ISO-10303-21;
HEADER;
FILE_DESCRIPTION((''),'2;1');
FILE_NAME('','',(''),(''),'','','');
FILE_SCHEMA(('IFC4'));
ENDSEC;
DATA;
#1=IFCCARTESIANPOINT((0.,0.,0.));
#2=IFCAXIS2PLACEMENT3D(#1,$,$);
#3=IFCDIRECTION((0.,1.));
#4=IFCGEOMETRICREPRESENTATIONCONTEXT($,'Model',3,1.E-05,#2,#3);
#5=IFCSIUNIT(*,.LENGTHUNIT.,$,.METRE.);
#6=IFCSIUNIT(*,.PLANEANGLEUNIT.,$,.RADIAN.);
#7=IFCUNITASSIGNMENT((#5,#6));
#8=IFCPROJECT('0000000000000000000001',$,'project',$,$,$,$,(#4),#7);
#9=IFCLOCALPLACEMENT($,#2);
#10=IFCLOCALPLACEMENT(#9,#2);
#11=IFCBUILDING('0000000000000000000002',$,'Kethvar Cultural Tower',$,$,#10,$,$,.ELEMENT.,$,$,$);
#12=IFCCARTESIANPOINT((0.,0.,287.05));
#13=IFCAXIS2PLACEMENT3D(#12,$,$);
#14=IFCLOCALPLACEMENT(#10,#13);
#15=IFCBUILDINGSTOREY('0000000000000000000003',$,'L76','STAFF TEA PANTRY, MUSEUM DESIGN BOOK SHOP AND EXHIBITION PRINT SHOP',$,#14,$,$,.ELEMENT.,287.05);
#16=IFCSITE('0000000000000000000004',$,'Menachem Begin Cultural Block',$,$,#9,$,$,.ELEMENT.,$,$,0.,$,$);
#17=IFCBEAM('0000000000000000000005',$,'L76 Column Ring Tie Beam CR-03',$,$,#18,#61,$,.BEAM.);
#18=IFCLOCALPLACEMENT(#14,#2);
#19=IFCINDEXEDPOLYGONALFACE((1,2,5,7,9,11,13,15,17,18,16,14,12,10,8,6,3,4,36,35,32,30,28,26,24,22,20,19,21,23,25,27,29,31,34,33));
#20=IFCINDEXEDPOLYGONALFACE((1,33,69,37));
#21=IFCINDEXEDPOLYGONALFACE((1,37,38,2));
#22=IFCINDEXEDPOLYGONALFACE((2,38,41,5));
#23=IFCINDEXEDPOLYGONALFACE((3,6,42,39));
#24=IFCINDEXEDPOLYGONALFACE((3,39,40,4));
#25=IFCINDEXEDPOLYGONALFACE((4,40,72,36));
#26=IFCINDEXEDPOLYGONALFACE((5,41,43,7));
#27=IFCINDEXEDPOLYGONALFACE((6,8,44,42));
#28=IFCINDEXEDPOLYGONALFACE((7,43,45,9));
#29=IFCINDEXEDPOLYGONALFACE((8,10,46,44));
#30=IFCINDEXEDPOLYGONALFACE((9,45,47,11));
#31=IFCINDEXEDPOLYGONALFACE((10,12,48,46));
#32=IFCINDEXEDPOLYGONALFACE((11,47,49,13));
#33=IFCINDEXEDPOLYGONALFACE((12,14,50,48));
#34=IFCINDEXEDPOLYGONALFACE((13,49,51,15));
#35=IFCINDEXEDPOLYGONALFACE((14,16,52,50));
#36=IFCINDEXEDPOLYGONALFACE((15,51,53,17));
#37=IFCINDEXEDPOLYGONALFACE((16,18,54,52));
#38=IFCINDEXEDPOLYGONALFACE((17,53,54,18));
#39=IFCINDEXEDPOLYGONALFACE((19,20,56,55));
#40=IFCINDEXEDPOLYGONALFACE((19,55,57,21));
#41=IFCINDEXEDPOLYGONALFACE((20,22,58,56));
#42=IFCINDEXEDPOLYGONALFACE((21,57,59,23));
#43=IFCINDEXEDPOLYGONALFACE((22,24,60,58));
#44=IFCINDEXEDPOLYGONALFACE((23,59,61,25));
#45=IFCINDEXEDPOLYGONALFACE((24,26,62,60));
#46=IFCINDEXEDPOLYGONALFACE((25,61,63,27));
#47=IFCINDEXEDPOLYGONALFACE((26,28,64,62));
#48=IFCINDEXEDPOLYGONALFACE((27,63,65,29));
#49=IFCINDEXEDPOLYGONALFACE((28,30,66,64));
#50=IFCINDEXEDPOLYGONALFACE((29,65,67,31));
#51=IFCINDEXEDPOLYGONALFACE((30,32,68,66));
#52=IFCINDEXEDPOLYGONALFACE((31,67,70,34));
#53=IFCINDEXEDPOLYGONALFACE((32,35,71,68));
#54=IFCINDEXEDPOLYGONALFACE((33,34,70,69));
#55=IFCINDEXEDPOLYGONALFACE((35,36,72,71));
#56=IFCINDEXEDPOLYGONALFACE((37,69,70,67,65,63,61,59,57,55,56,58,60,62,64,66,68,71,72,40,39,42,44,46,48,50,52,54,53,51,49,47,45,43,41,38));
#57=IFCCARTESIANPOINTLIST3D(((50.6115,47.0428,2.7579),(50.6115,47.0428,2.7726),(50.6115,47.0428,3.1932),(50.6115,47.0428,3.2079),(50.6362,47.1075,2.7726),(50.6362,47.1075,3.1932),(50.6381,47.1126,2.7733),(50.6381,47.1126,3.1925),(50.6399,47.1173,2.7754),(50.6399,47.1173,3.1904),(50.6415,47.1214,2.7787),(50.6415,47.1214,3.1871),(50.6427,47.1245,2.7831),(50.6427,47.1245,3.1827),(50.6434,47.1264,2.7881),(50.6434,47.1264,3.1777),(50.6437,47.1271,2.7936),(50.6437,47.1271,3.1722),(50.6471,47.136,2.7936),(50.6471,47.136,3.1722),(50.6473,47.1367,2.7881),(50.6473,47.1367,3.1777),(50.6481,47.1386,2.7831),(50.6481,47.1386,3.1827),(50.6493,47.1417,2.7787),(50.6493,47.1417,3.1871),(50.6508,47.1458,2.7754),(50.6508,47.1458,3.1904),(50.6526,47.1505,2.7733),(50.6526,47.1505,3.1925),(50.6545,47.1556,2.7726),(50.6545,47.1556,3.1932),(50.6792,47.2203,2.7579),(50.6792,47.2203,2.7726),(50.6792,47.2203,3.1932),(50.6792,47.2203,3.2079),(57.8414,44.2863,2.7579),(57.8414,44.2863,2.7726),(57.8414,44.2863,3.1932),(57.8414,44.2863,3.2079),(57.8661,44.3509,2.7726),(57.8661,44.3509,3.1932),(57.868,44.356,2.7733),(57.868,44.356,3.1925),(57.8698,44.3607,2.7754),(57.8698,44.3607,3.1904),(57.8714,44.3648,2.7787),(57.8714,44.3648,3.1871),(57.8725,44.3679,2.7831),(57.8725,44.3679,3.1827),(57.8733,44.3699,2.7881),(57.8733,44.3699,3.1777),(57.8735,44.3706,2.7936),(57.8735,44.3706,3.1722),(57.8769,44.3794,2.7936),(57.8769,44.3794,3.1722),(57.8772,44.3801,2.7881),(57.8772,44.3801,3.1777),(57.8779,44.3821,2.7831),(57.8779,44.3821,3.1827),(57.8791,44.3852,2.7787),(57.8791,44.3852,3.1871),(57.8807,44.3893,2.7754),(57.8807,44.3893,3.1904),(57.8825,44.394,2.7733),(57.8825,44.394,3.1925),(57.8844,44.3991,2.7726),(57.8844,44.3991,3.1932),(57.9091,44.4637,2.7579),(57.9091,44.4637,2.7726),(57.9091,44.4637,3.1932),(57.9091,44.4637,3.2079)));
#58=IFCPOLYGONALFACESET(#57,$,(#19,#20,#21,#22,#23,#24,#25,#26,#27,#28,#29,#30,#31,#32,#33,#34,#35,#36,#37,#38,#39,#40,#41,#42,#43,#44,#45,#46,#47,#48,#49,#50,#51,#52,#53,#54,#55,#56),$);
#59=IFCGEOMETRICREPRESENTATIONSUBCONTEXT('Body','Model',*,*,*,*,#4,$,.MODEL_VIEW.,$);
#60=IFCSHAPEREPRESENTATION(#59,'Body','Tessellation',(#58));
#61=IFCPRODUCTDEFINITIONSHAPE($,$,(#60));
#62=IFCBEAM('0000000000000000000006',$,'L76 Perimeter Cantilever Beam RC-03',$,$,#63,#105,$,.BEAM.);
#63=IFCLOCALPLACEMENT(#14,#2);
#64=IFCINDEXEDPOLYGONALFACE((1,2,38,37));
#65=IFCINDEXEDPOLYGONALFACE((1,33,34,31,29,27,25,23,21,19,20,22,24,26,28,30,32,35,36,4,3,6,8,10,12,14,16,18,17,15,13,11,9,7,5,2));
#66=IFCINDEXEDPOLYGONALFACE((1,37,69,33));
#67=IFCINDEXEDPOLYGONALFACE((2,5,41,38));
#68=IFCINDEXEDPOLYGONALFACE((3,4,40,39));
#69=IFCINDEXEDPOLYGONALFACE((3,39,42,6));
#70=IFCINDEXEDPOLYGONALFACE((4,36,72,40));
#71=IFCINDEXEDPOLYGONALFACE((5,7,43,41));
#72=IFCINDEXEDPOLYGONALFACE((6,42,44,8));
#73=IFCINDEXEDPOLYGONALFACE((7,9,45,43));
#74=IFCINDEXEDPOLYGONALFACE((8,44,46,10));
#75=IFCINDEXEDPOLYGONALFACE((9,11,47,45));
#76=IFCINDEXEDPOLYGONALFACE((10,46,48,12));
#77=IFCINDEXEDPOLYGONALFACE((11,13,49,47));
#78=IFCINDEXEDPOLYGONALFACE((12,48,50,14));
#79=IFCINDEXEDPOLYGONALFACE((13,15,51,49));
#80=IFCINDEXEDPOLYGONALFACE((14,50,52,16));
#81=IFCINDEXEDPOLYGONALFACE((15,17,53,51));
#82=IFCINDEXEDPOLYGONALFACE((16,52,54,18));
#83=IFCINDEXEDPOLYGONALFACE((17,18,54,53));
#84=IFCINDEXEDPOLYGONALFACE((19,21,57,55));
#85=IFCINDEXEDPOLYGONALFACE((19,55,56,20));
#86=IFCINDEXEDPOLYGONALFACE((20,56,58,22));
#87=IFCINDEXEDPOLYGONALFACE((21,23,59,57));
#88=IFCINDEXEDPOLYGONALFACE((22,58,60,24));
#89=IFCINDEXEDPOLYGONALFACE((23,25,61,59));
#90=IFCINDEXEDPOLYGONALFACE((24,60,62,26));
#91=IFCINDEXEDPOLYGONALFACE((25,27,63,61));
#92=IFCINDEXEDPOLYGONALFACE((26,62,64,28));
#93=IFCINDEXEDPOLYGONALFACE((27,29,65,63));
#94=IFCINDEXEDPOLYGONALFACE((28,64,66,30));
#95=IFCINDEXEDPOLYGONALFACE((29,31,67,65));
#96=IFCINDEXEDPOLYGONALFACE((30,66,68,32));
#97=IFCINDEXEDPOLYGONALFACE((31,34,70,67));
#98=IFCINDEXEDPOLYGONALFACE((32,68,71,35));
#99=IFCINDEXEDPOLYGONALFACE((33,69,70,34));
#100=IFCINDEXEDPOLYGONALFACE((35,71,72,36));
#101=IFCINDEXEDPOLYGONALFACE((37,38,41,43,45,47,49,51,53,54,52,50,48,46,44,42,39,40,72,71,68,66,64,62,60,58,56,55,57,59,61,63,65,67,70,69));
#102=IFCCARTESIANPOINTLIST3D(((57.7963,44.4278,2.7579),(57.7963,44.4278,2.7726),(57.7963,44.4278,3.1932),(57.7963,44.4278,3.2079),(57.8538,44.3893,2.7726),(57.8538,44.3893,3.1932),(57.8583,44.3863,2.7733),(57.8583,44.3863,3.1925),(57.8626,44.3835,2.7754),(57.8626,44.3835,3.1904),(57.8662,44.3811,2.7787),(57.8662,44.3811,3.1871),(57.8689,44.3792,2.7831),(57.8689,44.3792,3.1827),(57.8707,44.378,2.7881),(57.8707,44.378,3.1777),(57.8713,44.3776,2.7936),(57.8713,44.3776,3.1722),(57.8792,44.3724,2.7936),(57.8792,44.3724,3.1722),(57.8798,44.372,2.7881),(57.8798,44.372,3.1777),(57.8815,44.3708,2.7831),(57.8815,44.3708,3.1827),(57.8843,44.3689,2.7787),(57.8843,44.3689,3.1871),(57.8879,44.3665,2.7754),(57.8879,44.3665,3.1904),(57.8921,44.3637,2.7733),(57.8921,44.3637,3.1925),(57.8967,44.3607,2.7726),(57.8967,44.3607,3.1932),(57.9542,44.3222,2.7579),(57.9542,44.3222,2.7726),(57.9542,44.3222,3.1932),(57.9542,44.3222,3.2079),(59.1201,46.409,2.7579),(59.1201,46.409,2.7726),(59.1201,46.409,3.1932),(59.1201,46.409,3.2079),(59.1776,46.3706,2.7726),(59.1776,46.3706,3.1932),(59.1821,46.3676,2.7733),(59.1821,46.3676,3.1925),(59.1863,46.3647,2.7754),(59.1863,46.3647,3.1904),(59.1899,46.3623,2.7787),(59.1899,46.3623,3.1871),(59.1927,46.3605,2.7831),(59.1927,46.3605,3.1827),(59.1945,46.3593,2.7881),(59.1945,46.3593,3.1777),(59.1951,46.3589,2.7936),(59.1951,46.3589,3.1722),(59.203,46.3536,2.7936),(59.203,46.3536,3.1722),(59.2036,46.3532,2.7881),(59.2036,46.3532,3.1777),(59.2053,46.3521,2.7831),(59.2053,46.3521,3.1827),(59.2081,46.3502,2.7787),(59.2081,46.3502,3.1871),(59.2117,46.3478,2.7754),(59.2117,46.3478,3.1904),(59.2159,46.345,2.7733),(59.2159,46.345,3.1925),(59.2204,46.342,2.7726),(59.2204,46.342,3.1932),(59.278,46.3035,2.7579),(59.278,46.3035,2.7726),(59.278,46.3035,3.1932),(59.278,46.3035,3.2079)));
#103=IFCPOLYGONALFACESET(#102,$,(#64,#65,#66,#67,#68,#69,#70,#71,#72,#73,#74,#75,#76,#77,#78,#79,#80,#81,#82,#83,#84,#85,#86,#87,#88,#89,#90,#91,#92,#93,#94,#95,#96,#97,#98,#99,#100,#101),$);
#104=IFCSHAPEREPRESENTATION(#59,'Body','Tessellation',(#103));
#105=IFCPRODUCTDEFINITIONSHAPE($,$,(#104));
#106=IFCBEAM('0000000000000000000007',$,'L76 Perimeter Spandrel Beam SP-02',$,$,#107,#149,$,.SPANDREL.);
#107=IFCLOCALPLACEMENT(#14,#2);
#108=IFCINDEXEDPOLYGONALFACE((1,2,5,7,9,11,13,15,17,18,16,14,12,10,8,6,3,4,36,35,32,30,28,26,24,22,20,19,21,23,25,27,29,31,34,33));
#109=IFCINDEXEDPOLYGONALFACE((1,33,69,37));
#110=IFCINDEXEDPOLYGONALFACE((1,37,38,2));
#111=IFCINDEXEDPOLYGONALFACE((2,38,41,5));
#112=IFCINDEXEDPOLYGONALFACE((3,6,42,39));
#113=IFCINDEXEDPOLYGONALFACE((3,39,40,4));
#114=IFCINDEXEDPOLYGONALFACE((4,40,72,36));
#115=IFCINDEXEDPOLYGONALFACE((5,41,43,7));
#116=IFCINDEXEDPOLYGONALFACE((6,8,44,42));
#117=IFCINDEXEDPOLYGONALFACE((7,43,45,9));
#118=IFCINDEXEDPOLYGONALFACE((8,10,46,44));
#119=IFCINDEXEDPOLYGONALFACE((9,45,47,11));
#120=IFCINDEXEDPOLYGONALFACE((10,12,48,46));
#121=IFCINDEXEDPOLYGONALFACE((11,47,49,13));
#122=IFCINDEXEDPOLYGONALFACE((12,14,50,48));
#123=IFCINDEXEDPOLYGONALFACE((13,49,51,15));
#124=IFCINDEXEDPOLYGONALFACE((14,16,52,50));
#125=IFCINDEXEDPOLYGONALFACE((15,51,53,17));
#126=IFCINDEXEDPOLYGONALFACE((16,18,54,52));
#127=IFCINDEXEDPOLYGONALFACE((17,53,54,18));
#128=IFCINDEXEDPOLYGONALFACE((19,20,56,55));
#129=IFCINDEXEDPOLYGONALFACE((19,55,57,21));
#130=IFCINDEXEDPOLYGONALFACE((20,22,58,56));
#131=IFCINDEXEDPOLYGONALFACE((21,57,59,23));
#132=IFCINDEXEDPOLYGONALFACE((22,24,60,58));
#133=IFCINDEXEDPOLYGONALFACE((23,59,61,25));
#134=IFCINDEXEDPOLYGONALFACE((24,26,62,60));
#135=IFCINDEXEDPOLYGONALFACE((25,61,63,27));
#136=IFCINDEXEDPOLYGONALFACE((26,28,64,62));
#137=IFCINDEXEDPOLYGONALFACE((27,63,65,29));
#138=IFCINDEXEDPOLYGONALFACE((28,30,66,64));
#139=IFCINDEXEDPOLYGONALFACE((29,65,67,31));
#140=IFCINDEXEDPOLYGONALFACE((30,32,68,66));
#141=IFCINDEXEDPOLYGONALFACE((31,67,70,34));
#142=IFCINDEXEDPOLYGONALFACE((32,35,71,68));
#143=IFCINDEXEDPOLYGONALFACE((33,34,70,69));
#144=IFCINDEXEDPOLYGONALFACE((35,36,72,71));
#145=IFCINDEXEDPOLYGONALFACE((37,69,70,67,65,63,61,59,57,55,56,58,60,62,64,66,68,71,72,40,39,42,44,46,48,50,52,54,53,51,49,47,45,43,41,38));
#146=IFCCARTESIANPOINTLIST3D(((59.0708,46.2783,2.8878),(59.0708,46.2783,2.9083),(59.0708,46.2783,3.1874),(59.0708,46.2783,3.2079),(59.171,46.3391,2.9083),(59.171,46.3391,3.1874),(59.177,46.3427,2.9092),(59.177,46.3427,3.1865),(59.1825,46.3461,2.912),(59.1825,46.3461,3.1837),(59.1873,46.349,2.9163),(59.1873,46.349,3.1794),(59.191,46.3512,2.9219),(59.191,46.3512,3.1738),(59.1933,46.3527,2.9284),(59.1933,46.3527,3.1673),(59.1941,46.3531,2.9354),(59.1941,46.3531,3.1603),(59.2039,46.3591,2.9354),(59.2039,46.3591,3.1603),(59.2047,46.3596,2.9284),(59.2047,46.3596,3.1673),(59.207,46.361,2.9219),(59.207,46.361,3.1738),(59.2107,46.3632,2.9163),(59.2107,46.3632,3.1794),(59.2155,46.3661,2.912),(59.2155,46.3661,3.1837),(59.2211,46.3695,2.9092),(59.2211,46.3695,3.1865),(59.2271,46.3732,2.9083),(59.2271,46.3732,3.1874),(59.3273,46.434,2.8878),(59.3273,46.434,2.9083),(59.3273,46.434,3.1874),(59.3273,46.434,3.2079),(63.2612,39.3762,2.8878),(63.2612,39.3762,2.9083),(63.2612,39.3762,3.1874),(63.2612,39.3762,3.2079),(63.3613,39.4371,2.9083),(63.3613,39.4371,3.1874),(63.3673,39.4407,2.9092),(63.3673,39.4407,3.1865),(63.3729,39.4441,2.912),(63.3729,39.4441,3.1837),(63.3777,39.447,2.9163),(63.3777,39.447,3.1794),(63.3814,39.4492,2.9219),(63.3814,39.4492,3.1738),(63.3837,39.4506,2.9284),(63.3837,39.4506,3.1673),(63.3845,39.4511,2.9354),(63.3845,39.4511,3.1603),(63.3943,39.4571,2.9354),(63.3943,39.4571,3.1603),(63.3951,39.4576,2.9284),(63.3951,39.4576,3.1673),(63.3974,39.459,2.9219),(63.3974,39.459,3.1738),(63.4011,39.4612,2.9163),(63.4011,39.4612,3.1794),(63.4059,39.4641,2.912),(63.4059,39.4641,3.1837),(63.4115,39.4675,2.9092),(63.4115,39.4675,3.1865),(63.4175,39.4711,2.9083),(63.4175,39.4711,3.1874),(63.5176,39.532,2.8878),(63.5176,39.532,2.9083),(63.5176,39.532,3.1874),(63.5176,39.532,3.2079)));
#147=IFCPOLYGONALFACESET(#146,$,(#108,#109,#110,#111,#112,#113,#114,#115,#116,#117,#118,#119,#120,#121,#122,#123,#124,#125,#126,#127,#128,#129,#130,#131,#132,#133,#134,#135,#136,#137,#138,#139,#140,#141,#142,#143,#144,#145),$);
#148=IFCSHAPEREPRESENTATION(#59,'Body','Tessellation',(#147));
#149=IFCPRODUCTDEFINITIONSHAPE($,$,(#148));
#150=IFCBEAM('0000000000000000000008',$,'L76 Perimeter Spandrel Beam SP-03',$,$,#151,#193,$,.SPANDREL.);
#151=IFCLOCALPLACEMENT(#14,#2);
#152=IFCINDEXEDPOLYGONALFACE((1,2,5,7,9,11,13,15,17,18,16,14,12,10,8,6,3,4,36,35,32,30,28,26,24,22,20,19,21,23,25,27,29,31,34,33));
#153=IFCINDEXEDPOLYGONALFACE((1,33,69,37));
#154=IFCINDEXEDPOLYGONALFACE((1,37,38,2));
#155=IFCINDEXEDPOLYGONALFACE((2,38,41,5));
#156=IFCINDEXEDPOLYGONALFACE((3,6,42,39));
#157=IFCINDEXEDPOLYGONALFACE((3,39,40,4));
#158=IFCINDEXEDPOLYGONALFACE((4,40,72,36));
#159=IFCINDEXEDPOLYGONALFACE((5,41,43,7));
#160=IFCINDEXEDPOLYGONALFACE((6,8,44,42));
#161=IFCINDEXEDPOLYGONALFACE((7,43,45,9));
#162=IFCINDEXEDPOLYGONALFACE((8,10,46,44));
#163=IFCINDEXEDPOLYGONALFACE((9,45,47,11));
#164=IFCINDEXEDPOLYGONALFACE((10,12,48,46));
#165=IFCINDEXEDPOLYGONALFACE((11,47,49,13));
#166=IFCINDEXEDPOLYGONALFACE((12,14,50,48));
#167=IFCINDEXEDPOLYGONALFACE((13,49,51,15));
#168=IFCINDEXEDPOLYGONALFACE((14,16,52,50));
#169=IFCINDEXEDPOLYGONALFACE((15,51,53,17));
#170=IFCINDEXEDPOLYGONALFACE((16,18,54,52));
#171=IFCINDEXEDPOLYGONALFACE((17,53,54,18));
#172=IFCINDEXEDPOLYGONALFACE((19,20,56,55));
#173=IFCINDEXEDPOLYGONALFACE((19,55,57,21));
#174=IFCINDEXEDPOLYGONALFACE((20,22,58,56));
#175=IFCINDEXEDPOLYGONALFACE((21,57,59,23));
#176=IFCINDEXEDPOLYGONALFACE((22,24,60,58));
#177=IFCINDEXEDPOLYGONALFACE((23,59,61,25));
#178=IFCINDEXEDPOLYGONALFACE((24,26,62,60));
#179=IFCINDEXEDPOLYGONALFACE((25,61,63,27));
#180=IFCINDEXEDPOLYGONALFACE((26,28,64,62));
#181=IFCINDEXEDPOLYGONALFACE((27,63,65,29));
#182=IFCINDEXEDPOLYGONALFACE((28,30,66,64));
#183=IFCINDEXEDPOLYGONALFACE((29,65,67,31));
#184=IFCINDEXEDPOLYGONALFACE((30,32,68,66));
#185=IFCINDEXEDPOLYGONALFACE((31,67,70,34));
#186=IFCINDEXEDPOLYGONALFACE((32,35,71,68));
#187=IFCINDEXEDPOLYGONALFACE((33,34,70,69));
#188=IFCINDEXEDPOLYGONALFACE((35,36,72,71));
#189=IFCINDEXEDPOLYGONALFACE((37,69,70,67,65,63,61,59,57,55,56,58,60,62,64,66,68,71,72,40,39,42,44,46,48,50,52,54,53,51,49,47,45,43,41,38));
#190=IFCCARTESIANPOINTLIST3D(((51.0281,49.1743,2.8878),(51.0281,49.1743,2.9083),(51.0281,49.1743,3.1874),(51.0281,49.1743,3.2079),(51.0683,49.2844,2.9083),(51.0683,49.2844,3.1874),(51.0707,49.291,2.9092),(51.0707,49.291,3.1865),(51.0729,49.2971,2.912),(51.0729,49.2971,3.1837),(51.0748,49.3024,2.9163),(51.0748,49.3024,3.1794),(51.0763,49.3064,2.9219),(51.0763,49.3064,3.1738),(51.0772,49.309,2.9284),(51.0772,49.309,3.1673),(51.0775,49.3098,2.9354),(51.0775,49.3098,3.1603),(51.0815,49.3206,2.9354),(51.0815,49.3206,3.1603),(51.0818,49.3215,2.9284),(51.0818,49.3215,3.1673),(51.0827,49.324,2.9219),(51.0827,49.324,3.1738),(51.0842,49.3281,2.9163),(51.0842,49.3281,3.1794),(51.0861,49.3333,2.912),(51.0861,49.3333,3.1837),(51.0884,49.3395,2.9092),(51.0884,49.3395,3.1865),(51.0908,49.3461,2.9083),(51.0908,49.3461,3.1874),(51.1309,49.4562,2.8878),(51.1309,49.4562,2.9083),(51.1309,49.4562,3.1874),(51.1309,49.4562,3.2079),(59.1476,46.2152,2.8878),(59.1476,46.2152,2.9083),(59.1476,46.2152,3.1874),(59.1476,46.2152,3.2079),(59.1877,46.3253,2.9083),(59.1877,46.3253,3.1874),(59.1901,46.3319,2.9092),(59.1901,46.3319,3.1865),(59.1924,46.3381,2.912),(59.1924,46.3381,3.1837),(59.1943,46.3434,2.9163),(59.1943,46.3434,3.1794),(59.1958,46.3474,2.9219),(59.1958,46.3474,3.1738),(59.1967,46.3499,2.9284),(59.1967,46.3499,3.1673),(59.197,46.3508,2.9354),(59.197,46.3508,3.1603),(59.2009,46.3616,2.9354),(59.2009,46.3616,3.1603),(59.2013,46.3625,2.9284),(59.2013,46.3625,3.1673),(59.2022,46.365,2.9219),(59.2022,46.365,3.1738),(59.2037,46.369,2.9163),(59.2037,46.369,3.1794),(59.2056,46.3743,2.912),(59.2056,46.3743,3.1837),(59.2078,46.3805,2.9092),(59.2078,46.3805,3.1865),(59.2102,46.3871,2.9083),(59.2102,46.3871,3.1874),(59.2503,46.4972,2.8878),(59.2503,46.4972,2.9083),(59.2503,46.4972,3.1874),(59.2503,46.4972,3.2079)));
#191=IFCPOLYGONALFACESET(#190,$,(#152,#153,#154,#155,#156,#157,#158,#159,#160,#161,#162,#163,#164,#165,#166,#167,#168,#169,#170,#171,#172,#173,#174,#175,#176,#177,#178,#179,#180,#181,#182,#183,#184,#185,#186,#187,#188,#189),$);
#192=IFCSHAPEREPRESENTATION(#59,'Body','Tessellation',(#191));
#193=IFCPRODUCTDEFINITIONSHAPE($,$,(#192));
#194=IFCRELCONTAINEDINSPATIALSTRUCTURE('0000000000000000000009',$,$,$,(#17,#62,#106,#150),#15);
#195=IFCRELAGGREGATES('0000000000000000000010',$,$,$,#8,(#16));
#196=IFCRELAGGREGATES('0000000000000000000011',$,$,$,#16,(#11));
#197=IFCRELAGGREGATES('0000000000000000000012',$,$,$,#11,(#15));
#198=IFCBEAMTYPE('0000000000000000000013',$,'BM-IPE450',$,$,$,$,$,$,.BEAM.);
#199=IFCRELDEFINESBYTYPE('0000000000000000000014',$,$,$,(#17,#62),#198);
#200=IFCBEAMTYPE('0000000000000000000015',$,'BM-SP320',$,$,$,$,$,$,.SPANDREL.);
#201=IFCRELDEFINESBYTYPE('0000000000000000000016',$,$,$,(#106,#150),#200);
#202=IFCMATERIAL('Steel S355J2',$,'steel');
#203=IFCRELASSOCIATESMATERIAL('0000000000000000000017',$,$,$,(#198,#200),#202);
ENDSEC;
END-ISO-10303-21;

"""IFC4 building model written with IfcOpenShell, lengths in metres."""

from ifc_helpers import new_model, si_unit, direction, frame, origin, origin_2d, place, context, subcontext, project, spatial, i_section, extrude, source, transform, mapped, material, material_profile, profile_set, type_object, element, save


model = new_model("IFC4")

# Units and contexts
model_context = context("Model", 3, precision=1e-05, world=origin(), true_north=direction((0.0, 1.0)))
body_context = subcontext(model_context, "Body", "Model", "MODEL_VIEW")
ifc_project = project(units=[si_unit("LENGTHUNIT", "METRE"), si_unit("PLANEANGLEUNIT", "RADIAN")], contexts=[model_context])

# Site, building, storey
site_placement = place(None, origin())
site = spatial("IfcSite", under=ifc_project, at=site_placement, Name="Menachem Begin Cultural Block", CompositionType="ELEMENT", RefElevation=0.0)
building_placement = place(site_placement, origin())
building = spatial("IfcBuilding", under=site, at=building_placement, Name="Kethvar Cultural Tower", CompositionType="ELEMENT")
storey_placement = place(building_placement, frame((0.0, 0.0, 287.05)))
storey = spatial("IfcBuildingStorey", under=building, at=storey_placement, Name="L76", Description="STAFF TEA PANTRY, MUSEUM DESIGN BOOK SHOP AND EXHIBITION PRINT SHOP", CompositionType="ELEMENT", Elevation=287.05)

# Beams
ifc_material_1 = material(Name="Steel S355J2", Category="steel")
ifc_material_profile_1 = material_profile(ifc_material_1, i_section(OverallWidth=0.1899, OverallDepth=0.45, WebThickness=0.0095, FlangeThickness=0.0146, FilletRadius=0.021, at=origin_2d()), Name="Steel S355J2 — IPE450")
ifc_profile_set_1 = profile_set([ifc_material_profile_1], Name="Steel S355J2 — IPE450")
beam_type_1 = type_object("IfcBeamType", Name="BM-IPE450", PredefinedType="BEAM", material=ifc_profile_set_1)
shared_shape_1 = source(origin(), body_context, "Body", "SweptSolid", [
    extrude(i_section(OverallWidth=0.1899, OverallDepth=0.45, WebThickness=0.0095, FlangeThickness=0.0146, FilletRadius=0.021, at=origin_2d()), origin(), (0.0, 0.0, 1.0), 7.7375),
])
beam_1_placement = place(storey_placement, frame((57.8752, 44.375, 2.9829), z_axis=(-0.934388, 0.356256, 0.0), x_axis=(-0.356256, -0.934388, 0.0)))
element("IfcBeam", 1, at=beam_1_placement, inside=storey, type_object=beam_type_1, Name="L76 Column Ring Tie Beam CR-03", PredefinedType="BEAM", context=body_context, shape_type="MappedRepresentation", body=[
    mapped(shared_shape_1, transform((0.0, 0.0, 0.0), scale=1.0)),
])
shared_shape_2 = source(origin(), body_context, "Body", "SweptSolid", [
    extrude(i_section(OverallWidth=0.1899, OverallDepth=0.45, WebThickness=0.0095, FlangeThickness=0.0146, FilletRadius=0.021, at=origin_2d()), origin(), (0.0, 0.0, 1.0), 2.3828),
])
beam_2_placement = place(storey_placement, frame((57.8752, 44.375, 2.9829), z_axis=(0.555551, 0.831482, 0.0), x_axis=(-0.831482, 0.555551, 0.0)))
element("IfcBeam", 2, at=beam_2_placement, inside=storey, type_object=beam_type_1, Name="L76 Perimeter Cantilever Beam RC-03", PredefinedType="BEAM", context=body_context, shape_type="MappedRepresentation", body=[
    mapped(shared_shape_2, transform((0.0, 0.0, 0.0), scale=1.0)),
])
ifc_material_profile_2 = material_profile(ifc_material_1, i_section(OverallWidth=0.3, OverallDepth=0.3201, WebThickness=0.0115, FlangeThickness=0.0205, FilletRadius=0.0271, at=origin_2d()), Name="Steel S355J2 — HEB320")
ifc_profile_set_2 = profile_set([ifc_material_profile_2], Name="Steel S355J2 — HEB320")
beam_type_2 = type_object("IfcBeamType", Name="BM-SP320", PredefinedType="SPANDREL", material=ifc_profile_set_2)
shared_shape_3 = source(origin(), body_context, "Body", "SweptSolid", [
    extrude(i_section(OverallWidth=0.3, OverallDepth=0.3201, WebThickness=0.0115, FlangeThickness=0.0205, FilletRadius=0.0271, at=origin_2d()), origin(), (0.0, 0.0, 1.0), 8.0745),
])
beam_3_placement = place(storey_placement, frame((63.3894, 39.4541, 3.0479), z_axis=(-0.518966, 0.854795, 0.0), x_axis=(-0.854795, -0.518966, 0.0)))
element("IfcBeam", 3, at=beam_3_placement, inside=storey, type_object=beam_type_2, Name="L76 Perimeter Spandrel Beam SP-02", PredefinedType="SPANDREL", context=body_context, shape_type="MappedRepresentation", body=[
    mapped(shared_shape_3, transform((0.0, 0.0, 0.0), scale=1.0)),
])
shared_shape_4 = source(origin(), body_context, "Body", "SweptSolid", [
    extrude(i_section(OverallWidth=0.3, OverallDepth=0.3201, WebThickness=0.0115, FlangeThickness=0.0205, FilletRadius=0.0271, at=origin_2d()), origin(), (0.0, 0.0, 1.0), 8.6418),
])
beam_4_placement = place(storey_placement, frame((59.199, 46.3562, 3.0479), z_axis=(-0.939552, 0.342405, 0.0), x_axis=(-0.342405, -0.939552, 0.0)))
element("IfcBeam", 4, at=beam_4_placement, inside=storey, type_object=beam_type_2, Name="L76 Perimeter Spandrel Beam SP-03", PredefinedType="SPANDREL", context=body_context, shape_type="MappedRepresentation", body=[
    mapped(shared_shape_4, transform((0.0, 0.0, 0.0), scale=1.0)),
])

save(model, "model.ifc")
